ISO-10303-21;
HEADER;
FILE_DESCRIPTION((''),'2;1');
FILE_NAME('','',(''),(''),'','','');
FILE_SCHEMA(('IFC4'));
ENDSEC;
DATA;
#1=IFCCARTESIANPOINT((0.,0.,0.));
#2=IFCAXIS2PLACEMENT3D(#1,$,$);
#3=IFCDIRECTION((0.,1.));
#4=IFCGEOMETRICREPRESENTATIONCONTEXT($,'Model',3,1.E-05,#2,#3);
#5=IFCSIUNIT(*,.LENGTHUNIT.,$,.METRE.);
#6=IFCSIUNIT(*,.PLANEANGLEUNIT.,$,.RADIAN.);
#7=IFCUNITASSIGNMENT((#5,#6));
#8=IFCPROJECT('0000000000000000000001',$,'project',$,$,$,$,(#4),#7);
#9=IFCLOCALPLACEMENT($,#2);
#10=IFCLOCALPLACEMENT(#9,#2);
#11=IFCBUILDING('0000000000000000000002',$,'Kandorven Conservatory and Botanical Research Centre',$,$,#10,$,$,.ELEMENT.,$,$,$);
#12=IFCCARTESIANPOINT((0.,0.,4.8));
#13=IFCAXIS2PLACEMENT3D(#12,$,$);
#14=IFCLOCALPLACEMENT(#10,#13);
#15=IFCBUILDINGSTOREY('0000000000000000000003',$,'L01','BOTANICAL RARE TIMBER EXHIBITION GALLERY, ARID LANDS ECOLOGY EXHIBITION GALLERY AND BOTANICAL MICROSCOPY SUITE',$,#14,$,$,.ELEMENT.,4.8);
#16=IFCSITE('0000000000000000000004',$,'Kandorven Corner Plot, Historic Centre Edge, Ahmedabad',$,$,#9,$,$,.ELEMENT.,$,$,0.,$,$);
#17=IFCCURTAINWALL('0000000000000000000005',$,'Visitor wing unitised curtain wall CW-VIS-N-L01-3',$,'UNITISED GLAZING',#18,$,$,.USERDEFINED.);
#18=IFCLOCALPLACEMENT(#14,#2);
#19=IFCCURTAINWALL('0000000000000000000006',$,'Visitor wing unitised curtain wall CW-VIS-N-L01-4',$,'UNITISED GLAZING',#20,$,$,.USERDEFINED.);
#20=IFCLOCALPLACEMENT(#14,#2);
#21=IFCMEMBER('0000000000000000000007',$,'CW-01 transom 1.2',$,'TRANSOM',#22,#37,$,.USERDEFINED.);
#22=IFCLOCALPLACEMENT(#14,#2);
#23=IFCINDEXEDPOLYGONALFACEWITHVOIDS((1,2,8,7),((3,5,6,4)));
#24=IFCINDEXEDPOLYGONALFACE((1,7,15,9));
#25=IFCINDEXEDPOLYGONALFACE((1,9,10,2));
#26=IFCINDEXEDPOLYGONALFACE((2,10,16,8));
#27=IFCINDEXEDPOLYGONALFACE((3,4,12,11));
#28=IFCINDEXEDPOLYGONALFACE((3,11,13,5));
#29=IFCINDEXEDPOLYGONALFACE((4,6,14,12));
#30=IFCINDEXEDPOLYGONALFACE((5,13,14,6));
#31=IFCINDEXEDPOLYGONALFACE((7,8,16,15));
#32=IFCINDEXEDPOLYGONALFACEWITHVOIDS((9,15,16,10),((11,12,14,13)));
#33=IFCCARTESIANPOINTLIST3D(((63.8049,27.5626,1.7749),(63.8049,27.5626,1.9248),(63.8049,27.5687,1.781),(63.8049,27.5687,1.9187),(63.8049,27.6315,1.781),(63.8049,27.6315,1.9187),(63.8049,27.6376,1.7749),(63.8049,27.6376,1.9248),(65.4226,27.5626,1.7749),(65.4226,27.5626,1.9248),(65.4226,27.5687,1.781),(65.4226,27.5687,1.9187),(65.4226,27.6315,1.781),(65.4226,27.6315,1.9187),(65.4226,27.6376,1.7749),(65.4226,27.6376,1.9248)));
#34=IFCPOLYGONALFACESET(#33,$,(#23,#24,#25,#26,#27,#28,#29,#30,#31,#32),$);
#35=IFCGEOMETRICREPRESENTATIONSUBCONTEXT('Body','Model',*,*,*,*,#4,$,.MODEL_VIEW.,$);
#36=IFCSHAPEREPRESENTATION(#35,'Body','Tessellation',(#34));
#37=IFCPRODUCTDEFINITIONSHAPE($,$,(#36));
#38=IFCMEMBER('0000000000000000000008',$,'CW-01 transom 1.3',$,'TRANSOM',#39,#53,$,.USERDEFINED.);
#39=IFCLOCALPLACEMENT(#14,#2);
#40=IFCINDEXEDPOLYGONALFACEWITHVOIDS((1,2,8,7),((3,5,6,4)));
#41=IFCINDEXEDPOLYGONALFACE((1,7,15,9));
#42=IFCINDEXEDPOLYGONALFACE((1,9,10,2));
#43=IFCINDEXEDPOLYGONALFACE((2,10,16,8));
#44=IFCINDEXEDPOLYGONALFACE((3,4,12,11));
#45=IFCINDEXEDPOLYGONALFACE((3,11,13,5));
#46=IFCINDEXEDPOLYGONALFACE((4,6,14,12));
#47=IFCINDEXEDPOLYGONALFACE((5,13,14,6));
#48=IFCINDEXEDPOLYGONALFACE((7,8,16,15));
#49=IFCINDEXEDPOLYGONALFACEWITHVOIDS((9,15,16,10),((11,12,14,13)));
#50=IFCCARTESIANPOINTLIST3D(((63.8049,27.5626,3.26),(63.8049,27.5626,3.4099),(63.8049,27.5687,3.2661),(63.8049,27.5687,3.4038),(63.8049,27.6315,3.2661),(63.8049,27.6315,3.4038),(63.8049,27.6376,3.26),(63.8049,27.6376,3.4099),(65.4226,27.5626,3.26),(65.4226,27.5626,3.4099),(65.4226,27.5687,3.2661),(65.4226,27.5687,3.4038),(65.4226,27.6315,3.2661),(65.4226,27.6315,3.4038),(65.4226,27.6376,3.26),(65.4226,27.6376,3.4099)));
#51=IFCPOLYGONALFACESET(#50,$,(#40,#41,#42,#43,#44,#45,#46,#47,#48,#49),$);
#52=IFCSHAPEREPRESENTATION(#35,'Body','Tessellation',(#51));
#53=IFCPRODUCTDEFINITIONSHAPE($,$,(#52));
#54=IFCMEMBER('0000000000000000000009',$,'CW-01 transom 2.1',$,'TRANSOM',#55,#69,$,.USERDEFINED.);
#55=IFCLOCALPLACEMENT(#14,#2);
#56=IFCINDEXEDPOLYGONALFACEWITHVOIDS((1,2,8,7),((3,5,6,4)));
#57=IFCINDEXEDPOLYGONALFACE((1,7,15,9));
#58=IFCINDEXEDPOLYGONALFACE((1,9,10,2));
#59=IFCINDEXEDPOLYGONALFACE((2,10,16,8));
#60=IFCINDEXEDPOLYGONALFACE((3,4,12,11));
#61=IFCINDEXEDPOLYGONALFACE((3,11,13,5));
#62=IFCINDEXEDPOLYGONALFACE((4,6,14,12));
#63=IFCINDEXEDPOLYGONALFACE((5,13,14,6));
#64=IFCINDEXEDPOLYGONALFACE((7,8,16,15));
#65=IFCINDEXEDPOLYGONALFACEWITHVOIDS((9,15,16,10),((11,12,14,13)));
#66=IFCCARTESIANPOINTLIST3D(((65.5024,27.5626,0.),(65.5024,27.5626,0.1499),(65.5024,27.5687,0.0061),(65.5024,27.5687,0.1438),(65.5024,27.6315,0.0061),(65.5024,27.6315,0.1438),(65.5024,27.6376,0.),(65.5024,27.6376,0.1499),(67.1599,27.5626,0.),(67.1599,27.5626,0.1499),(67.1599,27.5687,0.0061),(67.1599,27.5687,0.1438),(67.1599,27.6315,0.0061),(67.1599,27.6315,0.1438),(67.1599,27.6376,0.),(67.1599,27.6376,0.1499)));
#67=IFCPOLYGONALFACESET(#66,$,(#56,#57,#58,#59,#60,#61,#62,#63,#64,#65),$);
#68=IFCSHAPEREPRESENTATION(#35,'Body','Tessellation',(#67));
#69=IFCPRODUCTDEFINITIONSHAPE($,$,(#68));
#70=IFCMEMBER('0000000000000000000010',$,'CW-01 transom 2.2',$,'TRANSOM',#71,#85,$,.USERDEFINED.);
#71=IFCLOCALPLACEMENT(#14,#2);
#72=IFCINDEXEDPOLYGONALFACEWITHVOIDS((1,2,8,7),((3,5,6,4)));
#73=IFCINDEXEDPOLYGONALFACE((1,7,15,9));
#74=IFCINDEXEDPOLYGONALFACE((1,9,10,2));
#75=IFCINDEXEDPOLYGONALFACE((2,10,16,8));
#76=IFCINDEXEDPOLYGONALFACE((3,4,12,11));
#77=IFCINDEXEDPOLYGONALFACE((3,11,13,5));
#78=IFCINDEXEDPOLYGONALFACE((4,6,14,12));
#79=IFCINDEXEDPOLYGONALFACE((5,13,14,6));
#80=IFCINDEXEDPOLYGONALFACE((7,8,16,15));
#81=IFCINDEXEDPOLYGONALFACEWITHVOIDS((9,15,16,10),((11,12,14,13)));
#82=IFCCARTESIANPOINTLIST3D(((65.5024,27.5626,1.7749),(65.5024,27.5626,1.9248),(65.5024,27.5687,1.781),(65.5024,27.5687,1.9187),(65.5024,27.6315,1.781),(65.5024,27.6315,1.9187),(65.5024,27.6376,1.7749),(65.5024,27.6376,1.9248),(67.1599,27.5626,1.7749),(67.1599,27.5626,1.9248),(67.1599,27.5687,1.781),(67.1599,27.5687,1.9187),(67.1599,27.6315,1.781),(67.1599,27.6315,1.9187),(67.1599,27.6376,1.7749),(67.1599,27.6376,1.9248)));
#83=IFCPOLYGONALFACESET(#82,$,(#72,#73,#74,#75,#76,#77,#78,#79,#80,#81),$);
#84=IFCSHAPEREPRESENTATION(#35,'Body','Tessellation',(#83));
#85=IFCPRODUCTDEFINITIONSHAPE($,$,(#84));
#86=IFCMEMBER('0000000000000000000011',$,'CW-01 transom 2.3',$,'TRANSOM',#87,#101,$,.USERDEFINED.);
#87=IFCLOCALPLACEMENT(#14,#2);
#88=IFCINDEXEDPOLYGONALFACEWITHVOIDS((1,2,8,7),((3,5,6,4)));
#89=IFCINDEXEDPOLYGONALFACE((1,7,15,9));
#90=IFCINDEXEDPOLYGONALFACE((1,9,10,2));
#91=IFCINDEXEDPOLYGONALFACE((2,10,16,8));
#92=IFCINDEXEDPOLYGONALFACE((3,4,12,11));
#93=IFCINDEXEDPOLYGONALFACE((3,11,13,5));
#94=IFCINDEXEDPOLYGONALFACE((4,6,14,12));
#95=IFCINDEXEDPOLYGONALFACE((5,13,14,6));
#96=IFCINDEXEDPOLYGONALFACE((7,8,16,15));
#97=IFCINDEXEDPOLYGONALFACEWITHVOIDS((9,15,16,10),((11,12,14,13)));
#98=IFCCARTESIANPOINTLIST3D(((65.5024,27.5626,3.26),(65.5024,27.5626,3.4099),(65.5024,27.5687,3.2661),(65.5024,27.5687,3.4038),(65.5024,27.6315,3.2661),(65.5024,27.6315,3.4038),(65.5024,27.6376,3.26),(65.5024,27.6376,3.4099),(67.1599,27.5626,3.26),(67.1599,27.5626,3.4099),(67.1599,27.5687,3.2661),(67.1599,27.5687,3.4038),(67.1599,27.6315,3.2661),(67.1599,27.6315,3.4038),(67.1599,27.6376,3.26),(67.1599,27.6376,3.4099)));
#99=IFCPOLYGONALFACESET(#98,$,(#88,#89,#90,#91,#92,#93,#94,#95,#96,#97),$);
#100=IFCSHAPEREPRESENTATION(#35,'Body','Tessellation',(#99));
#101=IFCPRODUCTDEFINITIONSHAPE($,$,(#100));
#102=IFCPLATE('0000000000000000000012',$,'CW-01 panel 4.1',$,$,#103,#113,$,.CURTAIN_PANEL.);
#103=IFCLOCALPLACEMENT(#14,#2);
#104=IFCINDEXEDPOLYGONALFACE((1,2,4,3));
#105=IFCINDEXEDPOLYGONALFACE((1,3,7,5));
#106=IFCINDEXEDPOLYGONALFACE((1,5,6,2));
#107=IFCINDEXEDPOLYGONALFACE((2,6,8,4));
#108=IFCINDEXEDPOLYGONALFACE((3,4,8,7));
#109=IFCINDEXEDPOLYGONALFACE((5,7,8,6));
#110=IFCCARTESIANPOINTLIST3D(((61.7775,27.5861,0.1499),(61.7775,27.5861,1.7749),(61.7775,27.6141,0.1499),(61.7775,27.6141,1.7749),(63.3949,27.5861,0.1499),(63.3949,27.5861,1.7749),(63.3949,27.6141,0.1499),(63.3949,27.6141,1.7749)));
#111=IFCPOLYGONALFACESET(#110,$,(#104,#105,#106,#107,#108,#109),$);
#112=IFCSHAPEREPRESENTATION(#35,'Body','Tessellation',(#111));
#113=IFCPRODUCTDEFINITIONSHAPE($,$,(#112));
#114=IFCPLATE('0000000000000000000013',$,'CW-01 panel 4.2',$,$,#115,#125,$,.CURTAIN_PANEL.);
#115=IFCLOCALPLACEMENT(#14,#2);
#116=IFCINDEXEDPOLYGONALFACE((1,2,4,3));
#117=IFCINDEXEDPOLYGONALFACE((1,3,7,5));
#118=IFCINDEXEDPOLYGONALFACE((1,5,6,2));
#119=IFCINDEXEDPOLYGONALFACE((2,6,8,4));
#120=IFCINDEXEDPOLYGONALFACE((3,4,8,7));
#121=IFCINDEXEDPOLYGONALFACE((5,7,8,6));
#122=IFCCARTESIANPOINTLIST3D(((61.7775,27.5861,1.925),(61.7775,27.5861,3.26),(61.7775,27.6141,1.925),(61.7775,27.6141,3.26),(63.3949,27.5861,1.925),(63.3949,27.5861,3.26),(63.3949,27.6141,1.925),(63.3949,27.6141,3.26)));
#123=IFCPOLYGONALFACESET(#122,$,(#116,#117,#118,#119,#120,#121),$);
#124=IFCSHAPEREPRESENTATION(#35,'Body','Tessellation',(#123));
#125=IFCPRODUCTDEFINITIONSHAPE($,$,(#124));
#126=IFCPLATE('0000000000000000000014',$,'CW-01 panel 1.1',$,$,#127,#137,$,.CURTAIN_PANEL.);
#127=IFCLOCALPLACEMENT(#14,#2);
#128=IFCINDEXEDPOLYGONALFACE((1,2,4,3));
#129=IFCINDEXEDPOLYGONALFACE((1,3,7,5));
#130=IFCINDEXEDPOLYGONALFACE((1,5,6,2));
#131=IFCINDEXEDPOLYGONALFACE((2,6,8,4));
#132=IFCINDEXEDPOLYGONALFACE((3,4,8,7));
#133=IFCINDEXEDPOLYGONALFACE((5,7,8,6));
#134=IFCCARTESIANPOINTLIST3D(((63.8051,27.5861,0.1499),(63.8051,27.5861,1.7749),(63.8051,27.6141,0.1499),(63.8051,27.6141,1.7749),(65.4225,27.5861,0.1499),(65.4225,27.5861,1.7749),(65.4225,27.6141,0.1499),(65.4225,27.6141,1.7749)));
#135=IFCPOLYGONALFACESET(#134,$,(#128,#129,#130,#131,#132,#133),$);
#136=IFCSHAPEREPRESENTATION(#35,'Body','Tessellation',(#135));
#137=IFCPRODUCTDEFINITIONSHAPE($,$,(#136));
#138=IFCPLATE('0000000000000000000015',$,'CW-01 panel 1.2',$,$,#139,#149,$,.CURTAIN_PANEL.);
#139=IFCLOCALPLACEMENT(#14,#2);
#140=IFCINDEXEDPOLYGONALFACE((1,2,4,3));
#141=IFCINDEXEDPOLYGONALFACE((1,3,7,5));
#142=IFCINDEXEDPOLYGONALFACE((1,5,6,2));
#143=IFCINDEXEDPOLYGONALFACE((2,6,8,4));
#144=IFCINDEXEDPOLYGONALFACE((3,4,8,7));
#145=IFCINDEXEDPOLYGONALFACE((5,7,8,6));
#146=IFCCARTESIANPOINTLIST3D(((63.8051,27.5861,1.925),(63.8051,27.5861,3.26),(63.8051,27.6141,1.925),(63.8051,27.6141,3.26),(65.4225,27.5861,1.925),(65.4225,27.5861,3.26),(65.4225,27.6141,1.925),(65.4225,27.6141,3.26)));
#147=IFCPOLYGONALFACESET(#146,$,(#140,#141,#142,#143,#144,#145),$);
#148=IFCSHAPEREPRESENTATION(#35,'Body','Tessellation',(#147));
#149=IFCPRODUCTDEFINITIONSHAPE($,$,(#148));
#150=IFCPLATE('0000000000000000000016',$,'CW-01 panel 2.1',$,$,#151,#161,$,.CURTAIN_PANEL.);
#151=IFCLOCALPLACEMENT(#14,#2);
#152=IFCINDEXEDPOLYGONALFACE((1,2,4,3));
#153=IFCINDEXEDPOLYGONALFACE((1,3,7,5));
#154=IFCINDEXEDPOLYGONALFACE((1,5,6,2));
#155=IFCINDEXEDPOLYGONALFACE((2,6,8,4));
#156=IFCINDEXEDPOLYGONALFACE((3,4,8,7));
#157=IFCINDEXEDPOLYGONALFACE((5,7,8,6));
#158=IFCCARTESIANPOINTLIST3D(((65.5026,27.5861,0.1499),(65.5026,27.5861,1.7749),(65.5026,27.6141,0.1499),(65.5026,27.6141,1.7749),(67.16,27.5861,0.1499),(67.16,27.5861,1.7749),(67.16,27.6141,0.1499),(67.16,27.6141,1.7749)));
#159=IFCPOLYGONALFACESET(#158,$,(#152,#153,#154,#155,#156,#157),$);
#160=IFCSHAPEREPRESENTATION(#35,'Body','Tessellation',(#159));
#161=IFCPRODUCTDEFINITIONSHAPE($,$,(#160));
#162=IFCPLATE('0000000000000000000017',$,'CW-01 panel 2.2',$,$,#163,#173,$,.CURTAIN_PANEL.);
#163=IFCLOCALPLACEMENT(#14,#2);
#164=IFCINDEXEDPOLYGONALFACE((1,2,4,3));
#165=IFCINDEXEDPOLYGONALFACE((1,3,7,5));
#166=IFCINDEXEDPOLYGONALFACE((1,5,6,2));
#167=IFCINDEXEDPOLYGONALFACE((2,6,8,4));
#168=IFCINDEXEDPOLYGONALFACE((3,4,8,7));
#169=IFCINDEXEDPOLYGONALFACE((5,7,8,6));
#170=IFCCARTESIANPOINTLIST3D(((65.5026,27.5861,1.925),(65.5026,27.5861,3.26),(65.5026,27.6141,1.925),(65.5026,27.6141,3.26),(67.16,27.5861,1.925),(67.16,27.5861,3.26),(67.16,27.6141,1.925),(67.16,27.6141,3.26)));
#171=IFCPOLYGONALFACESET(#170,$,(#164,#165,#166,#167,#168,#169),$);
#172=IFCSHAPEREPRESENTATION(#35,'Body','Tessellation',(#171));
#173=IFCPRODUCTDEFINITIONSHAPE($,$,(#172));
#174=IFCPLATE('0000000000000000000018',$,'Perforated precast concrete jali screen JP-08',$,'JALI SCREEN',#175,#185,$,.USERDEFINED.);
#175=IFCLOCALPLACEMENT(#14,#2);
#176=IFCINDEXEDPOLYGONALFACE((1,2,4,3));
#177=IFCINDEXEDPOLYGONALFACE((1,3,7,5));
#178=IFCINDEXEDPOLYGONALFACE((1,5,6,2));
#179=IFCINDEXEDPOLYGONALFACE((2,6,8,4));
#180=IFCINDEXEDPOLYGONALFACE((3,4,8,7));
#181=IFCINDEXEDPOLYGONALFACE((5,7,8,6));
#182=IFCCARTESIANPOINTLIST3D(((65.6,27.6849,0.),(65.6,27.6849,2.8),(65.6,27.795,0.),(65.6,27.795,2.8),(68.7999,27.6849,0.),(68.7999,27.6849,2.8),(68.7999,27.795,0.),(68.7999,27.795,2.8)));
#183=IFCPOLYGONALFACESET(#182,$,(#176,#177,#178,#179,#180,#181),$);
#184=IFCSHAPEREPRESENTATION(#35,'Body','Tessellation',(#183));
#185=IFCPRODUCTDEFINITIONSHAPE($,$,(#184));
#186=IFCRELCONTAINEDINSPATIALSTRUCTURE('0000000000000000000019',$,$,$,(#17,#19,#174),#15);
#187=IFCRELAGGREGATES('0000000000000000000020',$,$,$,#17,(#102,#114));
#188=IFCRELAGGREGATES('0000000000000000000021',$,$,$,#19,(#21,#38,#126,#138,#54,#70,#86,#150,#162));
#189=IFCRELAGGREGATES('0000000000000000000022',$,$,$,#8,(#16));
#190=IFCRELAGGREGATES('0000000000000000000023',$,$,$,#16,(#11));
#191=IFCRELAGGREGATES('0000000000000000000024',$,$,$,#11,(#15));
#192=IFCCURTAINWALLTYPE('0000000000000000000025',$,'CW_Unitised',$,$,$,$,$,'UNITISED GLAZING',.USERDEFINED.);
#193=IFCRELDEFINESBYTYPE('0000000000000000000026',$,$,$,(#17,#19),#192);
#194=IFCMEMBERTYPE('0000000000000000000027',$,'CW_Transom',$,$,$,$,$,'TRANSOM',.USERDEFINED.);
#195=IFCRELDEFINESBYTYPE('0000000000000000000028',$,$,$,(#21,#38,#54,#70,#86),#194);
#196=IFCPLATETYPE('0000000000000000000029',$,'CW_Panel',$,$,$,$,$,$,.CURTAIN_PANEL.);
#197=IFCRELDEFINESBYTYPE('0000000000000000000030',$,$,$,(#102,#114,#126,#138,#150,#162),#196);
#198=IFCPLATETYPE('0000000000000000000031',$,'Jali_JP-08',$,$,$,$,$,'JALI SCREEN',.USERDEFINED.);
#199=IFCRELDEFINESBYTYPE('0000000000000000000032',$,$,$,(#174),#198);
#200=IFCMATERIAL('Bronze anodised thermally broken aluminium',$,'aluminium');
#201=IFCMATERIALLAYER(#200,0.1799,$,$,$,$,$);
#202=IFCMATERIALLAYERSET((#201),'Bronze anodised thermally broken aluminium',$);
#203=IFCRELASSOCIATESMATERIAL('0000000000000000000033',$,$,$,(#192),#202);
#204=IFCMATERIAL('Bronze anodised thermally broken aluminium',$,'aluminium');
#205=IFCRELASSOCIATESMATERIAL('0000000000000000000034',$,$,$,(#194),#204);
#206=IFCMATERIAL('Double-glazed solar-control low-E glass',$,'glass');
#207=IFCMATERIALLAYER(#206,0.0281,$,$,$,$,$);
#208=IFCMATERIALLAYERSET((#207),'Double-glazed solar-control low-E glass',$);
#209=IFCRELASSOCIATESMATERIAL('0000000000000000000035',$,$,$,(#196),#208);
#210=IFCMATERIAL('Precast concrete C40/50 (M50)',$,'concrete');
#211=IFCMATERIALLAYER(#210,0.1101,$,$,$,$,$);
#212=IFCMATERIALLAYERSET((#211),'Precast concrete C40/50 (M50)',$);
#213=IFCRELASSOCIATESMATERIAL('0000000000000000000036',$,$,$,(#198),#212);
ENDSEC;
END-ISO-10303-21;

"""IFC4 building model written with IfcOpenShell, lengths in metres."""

from ifc_helpers import new_model, si_unit, direction, frame, origin, origin_2d, place, context, subcontext, project, spatial, rectangle, hollow_rectangle, extrude, material, layer, layer_set, material_profile, profile_set, type_object, element, aggregate, save


model = new_model("IFC4")

# Units and contexts
model_context = context("Model", 3, precision=1e-05, world=origin(), true_north=direction((0.0, 1.0)))
body_context = subcontext(model_context, "Body", "Model", "MODEL_VIEW")
ifc_project = project(units=[si_unit("LENGTHUNIT", "METRE"), si_unit("PLANEANGLEUNIT", "RADIAN")], contexts=[model_context])

# Site, building, storey
site_placement = place(None, origin())
site = spatial("IfcSite", under=ifc_project, at=site_placement, Name="Kandorven Corner Plot, Historic Centre Edge, Ahmedabad", CompositionType="ELEMENT", RefElevation=0.0)
building_placement = place(site_placement, origin())
building = spatial("IfcBuilding", under=site, at=building_placement, Name="Kandorven Conservatory and Botanical Research Centre", CompositionType="ELEMENT")
storey_placement = place(building_placement, frame((0.0, 0.0, 4.8)))
storey = spatial("IfcBuildingStorey", under=building, at=storey_placement, Name="L01", Description="BOTANICAL RARE TIMBER EXHIBITION GALLERY, ARID LANDS ECOLOGY EXHIBITION GALLERY AND BOTANICAL MICROSCOPY SUITE", CompositionType="ELEMENT", Elevation=4.8)

# Curtain wall
ifc_material_1 = material(Name="Bronze anodised thermally broken aluminium", Category="aluminium")
ifc_layer_1 = layer(ifc_material_1, 0.1799)
ifc_layer_set_1 = layer_set([ifc_layer_1], Name="Bronze anodised thermally broken aluminium")
curtain_wall_type = type_object("IfcCurtainWallType", Name="CW_Unitised", ElementType="UNITISED GLAZING", PredefinedType="USERDEFINED", material=ifc_layer_set_1)
curtain_wall_1_placement = place(storey_placement, origin())
curtain_wall_1 = element("IfcCurtainWall", 1, at=curtain_wall_1_placement, inside=storey, type_object=curtain_wall_type, Name="Visitor wing unitised curtain wall CW-VIS-N-L01-3", ObjectType="UNITISED GLAZING", PredefinedType="USERDEFINED")

# Curtain wall
curtain_wall_2_placement = place(storey_placement, origin())
curtain_wall_2 = element("IfcCurtainWall", 2, at=curtain_wall_2_placement, inside=storey, type_object=curtain_wall_type, Name="Visitor wing unitised curtain wall CW-VIS-N-L01-4", ObjectType="UNITISED GLAZING", PredefinedType="USERDEFINED")

# Members
ifc_material_2 = material(Name="Bronze anodised thermally broken aluminium", Category="aluminium")
ifc_material_profile_1 = material_profile(ifc_material_2, hollow_rectangle(XDim=0.075, YDim=0.1499, WallThickness=0.0061, at=origin_2d()))
ifc_profile_set_1 = profile_set([ifc_material_profile_1], Name="Bronze anodised thermally broken aluminium")
member_type_1 = type_object("IfcMemberType", Name="CW_Transom", ElementType="TRANSOM", PredefinedType="USERDEFINED", material=ifc_profile_set_1)
member_1_placement = place(storey_placement, frame((63.8049, 27.6001, 1.8499), z_axis=(1.0, 0.0, 0.0), x_axis=(0.0, 1.0, 0.0)))
member_1 = element("IfcMember", 3, at=member_1_placement, type_object=member_type_1, Name="CW-01 transom 1.2", ObjectType="TRANSOM", PredefinedType="USERDEFINED", context=body_context, shape_type="SweptSolid", body=[
    extrude(hollow_rectangle(XDim=0.075, YDim=0.1499, WallThickness=0.0061, at=origin_2d()), origin(), (0.0, 0.0, 1.0), 1.6177),
])
member_2_placement = place(storey_placement, frame((63.8049, 27.6001, 3.335), z_axis=(1.0, 0.0, 0.0), x_axis=(0.0, 1.0, 0.0)))
member_2 = element("IfcMember", 4, at=member_2_placement, type_object=member_type_1, Name="CW-01 transom 1.3", ObjectType="TRANSOM", PredefinedType="USERDEFINED", context=body_context, shape_type="SweptSolid", body=[
    extrude(hollow_rectangle(XDim=0.075, YDim=0.1499, WallThickness=0.0061, at=origin_2d()), origin(), (0.0, 0.0, 1.0), 1.6177),
])
member_3_placement = place(storey_placement, frame((65.5024, 27.6001, 0.075), z_axis=(1.0, 0.0, 0.0), x_axis=(0.0, 1.0, 0.0)))
member_3 = element("IfcMember", 5, at=member_3_placement, type_object=member_type_1, Name="CW-01 transom 2.1", ObjectType="TRANSOM", PredefinedType="USERDEFINED", context=body_context, shape_type="SweptSolid", body=[
    extrude(hollow_rectangle(XDim=0.075, YDim=0.1499, WallThickness=0.0061, at=origin_2d()), origin(), (0.0, 0.0, 1.0), 1.6575),
])
member_4_placement = place(storey_placement, frame((65.5024, 27.6001, 1.8499), z_axis=(1.0, 0.0, 0.0), x_axis=(0.0, 1.0, 0.0)))
member_4 = element("IfcMember", 6, at=member_4_placement, type_object=member_type_1, Name="CW-01 transom 2.2", ObjectType="TRANSOM", PredefinedType="USERDEFINED", context=body_context, shape_type="SweptSolid", body=[
    extrude(hollow_rectangle(XDim=0.075, YDim=0.1499, WallThickness=0.0061, at=origin_2d()), origin(), (0.0, 0.0, 1.0), 1.6575),
])
member_5_placement = place(storey_placement, frame((65.5024, 27.6001, 3.335), z_axis=(1.0, 0.0, 0.0), x_axis=(0.0, 1.0, 0.0)))
member_5 = element("IfcMember", 7, at=member_5_placement, type_object=member_type_1, Name="CW-01 transom 2.3", ObjectType="TRANSOM", PredefinedType="USERDEFINED", context=body_context, shape_type="SweptSolid", body=[
    extrude(hollow_rectangle(XDim=0.075, YDim=0.1499, WallThickness=0.0061, at=origin_2d()), origin(), (0.0, 0.0, 1.0), 1.6575),
])

# Plates
ifc_material_3 = material(Name="Double-glazed solar-control low-E glass", Category="glass")
ifc_layer_2 = layer(ifc_material_3, 0.0281)
ifc_layer_set_2 = layer_set([ifc_layer_2], Name="Double-glazed solar-control low-E glass")
plate_type_1 = type_object("IfcPlateType", Name="CW_Panel", PredefinedType="CURTAIN_PANEL", material=ifc_layer_set_2)
plate_1_placement = place(storey_placement, frame((62.5862, 27.6001, 0.1499), z_axis=(0.0, 0.0, 1.0), x_axis=(1.0, 0.0, 0.0)))
plate_1 = element("IfcPlate", 8, at=plate_1_placement, type_object=plate_type_1, Name="CW-01 panel 4.1", PredefinedType="CURTAIN_PANEL", context=body_context, shape_type="SweptSolid", body=[
    extrude(rectangle(XDim=1.6174, YDim=0.0281, at=origin_2d()), origin(), (0.0, 0.0, 1.0), 1.625),
])
plate_2_placement = place(storey_placement, frame((62.5862, 27.6001, 1.925), z_axis=(0.0, 0.0, 1.0), x_axis=(1.0, 0.0, 0.0)))
plate_2 = element("IfcPlate", 9, at=plate_2_placement, type_object=plate_type_1, Name="CW-01 panel 4.2", PredefinedType="CURTAIN_PANEL", context=body_context, shape_type="SweptSolid", body=[
    extrude(rectangle(XDim=1.6174, YDim=0.0281, at=origin_2d()), origin(), (0.0, 0.0, 1.0), 1.335),
])
aggregate(curtain_wall_1, [plate_1, plate_2])
plate_3_placement = place(storey_placement, frame((64.6138, 27.6001, 0.1499), z_axis=(0.0, 0.0, 1.0), x_axis=(1.0, 0.0, 0.0)))
plate_3 = element("IfcPlate", 10, at=plate_3_placement, type_object=plate_type_1, Name="CW-01 panel 1.1", PredefinedType="CURTAIN_PANEL", context=body_context, shape_type="SweptSolid", body=[
    extrude(rectangle(XDim=1.6174, YDim=0.0281, at=origin_2d()), origin(), (0.0, 0.0, 1.0), 1.625),
])
plate_4_placement = place(storey_placement, frame((64.6138, 27.6001, 1.925), z_axis=(0.0, 0.0, 1.0), x_axis=(1.0, 0.0, 0.0)))
plate_4 = element("IfcPlate", 11, at=plate_4_placement, type_object=plate_type_1, Name="CW-01 panel 1.2", PredefinedType="CURTAIN_PANEL", context=body_context, shape_type="SweptSolid", body=[
    extrude(rectangle(XDim=1.6174, YDim=0.0281, at=origin_2d()), origin(), (0.0, 0.0, 1.0), 1.335),
])
plate_5_placement = place(storey_placement, frame((66.3313, 27.6001, 0.1499), z_axis=(0.0, 0.0, 1.0), x_axis=(1.0, 0.0, 0.0)))
plate_5 = element("IfcPlate", 12, at=plate_5_placement, type_object=plate_type_1, Name="CW-01 panel 2.1", PredefinedType="CURTAIN_PANEL", context=body_context, shape_type="SweptSolid", body=[
    extrude(rectangle(XDim=1.6575, YDim=0.0281, at=origin_2d()), origin(), (0.0, 0.0, 1.0), 1.625),
])
plate_6_placement = place(storey_placement, frame((66.3313, 27.6001, 1.925), z_axis=(0.0, 0.0, 1.0), x_axis=(1.0, 0.0, 0.0)))
plate_6 = element("IfcPlate", 13, at=plate_6_placement, type_object=plate_type_1, Name="CW-01 panel 2.2", PredefinedType="CURTAIN_PANEL", context=body_context, shape_type="SweptSolid", body=[
    extrude(rectangle(XDim=1.6575, YDim=0.0281, at=origin_2d()), origin(), (0.0, 0.0, 1.0), 1.335),
])
aggregate(curtain_wall_2, [member_1, member_2, plate_3, plate_4, member_3, member_4, member_5, plate_5, plate_6])
ifc_material_4 = material(Name="Precast concrete C40/50 (M50)", Category="concrete")
ifc_layer_3 = layer(ifc_material_4, 0.1101)
ifc_layer_set_3 = layer_set([ifc_layer_3], Name="Precast concrete C40/50 (M50)")
plate_type_2 = type_object("IfcPlateType", Name="Jali_JP-08", ElementType="JALI SCREEN", PredefinedType="USERDEFINED", material=ifc_layer_set_3)
plate_7_placement = place(storey_placement, frame((67.2, 27.74, 0.0), z_axis=(0.0, 0.0, 1.0), x_axis=(1.0, 0.0, 0.0)))
element("IfcPlate", 14, at=plate_7_placement, inside=storey, type_object=plate_type_2, Name="Perforated precast concrete jali screen JP-08", ObjectType="JALI SCREEN", PredefinedType="USERDEFINED", context=body_context, shape_type="SweptSolid", body=[
    extrude(rectangle(XDim=3.2, YDim=0.1101, at=origin_2d()), origin(), (0.0, 0.0, 1.0), 2.8),
])

save(model, "model.ifc")
